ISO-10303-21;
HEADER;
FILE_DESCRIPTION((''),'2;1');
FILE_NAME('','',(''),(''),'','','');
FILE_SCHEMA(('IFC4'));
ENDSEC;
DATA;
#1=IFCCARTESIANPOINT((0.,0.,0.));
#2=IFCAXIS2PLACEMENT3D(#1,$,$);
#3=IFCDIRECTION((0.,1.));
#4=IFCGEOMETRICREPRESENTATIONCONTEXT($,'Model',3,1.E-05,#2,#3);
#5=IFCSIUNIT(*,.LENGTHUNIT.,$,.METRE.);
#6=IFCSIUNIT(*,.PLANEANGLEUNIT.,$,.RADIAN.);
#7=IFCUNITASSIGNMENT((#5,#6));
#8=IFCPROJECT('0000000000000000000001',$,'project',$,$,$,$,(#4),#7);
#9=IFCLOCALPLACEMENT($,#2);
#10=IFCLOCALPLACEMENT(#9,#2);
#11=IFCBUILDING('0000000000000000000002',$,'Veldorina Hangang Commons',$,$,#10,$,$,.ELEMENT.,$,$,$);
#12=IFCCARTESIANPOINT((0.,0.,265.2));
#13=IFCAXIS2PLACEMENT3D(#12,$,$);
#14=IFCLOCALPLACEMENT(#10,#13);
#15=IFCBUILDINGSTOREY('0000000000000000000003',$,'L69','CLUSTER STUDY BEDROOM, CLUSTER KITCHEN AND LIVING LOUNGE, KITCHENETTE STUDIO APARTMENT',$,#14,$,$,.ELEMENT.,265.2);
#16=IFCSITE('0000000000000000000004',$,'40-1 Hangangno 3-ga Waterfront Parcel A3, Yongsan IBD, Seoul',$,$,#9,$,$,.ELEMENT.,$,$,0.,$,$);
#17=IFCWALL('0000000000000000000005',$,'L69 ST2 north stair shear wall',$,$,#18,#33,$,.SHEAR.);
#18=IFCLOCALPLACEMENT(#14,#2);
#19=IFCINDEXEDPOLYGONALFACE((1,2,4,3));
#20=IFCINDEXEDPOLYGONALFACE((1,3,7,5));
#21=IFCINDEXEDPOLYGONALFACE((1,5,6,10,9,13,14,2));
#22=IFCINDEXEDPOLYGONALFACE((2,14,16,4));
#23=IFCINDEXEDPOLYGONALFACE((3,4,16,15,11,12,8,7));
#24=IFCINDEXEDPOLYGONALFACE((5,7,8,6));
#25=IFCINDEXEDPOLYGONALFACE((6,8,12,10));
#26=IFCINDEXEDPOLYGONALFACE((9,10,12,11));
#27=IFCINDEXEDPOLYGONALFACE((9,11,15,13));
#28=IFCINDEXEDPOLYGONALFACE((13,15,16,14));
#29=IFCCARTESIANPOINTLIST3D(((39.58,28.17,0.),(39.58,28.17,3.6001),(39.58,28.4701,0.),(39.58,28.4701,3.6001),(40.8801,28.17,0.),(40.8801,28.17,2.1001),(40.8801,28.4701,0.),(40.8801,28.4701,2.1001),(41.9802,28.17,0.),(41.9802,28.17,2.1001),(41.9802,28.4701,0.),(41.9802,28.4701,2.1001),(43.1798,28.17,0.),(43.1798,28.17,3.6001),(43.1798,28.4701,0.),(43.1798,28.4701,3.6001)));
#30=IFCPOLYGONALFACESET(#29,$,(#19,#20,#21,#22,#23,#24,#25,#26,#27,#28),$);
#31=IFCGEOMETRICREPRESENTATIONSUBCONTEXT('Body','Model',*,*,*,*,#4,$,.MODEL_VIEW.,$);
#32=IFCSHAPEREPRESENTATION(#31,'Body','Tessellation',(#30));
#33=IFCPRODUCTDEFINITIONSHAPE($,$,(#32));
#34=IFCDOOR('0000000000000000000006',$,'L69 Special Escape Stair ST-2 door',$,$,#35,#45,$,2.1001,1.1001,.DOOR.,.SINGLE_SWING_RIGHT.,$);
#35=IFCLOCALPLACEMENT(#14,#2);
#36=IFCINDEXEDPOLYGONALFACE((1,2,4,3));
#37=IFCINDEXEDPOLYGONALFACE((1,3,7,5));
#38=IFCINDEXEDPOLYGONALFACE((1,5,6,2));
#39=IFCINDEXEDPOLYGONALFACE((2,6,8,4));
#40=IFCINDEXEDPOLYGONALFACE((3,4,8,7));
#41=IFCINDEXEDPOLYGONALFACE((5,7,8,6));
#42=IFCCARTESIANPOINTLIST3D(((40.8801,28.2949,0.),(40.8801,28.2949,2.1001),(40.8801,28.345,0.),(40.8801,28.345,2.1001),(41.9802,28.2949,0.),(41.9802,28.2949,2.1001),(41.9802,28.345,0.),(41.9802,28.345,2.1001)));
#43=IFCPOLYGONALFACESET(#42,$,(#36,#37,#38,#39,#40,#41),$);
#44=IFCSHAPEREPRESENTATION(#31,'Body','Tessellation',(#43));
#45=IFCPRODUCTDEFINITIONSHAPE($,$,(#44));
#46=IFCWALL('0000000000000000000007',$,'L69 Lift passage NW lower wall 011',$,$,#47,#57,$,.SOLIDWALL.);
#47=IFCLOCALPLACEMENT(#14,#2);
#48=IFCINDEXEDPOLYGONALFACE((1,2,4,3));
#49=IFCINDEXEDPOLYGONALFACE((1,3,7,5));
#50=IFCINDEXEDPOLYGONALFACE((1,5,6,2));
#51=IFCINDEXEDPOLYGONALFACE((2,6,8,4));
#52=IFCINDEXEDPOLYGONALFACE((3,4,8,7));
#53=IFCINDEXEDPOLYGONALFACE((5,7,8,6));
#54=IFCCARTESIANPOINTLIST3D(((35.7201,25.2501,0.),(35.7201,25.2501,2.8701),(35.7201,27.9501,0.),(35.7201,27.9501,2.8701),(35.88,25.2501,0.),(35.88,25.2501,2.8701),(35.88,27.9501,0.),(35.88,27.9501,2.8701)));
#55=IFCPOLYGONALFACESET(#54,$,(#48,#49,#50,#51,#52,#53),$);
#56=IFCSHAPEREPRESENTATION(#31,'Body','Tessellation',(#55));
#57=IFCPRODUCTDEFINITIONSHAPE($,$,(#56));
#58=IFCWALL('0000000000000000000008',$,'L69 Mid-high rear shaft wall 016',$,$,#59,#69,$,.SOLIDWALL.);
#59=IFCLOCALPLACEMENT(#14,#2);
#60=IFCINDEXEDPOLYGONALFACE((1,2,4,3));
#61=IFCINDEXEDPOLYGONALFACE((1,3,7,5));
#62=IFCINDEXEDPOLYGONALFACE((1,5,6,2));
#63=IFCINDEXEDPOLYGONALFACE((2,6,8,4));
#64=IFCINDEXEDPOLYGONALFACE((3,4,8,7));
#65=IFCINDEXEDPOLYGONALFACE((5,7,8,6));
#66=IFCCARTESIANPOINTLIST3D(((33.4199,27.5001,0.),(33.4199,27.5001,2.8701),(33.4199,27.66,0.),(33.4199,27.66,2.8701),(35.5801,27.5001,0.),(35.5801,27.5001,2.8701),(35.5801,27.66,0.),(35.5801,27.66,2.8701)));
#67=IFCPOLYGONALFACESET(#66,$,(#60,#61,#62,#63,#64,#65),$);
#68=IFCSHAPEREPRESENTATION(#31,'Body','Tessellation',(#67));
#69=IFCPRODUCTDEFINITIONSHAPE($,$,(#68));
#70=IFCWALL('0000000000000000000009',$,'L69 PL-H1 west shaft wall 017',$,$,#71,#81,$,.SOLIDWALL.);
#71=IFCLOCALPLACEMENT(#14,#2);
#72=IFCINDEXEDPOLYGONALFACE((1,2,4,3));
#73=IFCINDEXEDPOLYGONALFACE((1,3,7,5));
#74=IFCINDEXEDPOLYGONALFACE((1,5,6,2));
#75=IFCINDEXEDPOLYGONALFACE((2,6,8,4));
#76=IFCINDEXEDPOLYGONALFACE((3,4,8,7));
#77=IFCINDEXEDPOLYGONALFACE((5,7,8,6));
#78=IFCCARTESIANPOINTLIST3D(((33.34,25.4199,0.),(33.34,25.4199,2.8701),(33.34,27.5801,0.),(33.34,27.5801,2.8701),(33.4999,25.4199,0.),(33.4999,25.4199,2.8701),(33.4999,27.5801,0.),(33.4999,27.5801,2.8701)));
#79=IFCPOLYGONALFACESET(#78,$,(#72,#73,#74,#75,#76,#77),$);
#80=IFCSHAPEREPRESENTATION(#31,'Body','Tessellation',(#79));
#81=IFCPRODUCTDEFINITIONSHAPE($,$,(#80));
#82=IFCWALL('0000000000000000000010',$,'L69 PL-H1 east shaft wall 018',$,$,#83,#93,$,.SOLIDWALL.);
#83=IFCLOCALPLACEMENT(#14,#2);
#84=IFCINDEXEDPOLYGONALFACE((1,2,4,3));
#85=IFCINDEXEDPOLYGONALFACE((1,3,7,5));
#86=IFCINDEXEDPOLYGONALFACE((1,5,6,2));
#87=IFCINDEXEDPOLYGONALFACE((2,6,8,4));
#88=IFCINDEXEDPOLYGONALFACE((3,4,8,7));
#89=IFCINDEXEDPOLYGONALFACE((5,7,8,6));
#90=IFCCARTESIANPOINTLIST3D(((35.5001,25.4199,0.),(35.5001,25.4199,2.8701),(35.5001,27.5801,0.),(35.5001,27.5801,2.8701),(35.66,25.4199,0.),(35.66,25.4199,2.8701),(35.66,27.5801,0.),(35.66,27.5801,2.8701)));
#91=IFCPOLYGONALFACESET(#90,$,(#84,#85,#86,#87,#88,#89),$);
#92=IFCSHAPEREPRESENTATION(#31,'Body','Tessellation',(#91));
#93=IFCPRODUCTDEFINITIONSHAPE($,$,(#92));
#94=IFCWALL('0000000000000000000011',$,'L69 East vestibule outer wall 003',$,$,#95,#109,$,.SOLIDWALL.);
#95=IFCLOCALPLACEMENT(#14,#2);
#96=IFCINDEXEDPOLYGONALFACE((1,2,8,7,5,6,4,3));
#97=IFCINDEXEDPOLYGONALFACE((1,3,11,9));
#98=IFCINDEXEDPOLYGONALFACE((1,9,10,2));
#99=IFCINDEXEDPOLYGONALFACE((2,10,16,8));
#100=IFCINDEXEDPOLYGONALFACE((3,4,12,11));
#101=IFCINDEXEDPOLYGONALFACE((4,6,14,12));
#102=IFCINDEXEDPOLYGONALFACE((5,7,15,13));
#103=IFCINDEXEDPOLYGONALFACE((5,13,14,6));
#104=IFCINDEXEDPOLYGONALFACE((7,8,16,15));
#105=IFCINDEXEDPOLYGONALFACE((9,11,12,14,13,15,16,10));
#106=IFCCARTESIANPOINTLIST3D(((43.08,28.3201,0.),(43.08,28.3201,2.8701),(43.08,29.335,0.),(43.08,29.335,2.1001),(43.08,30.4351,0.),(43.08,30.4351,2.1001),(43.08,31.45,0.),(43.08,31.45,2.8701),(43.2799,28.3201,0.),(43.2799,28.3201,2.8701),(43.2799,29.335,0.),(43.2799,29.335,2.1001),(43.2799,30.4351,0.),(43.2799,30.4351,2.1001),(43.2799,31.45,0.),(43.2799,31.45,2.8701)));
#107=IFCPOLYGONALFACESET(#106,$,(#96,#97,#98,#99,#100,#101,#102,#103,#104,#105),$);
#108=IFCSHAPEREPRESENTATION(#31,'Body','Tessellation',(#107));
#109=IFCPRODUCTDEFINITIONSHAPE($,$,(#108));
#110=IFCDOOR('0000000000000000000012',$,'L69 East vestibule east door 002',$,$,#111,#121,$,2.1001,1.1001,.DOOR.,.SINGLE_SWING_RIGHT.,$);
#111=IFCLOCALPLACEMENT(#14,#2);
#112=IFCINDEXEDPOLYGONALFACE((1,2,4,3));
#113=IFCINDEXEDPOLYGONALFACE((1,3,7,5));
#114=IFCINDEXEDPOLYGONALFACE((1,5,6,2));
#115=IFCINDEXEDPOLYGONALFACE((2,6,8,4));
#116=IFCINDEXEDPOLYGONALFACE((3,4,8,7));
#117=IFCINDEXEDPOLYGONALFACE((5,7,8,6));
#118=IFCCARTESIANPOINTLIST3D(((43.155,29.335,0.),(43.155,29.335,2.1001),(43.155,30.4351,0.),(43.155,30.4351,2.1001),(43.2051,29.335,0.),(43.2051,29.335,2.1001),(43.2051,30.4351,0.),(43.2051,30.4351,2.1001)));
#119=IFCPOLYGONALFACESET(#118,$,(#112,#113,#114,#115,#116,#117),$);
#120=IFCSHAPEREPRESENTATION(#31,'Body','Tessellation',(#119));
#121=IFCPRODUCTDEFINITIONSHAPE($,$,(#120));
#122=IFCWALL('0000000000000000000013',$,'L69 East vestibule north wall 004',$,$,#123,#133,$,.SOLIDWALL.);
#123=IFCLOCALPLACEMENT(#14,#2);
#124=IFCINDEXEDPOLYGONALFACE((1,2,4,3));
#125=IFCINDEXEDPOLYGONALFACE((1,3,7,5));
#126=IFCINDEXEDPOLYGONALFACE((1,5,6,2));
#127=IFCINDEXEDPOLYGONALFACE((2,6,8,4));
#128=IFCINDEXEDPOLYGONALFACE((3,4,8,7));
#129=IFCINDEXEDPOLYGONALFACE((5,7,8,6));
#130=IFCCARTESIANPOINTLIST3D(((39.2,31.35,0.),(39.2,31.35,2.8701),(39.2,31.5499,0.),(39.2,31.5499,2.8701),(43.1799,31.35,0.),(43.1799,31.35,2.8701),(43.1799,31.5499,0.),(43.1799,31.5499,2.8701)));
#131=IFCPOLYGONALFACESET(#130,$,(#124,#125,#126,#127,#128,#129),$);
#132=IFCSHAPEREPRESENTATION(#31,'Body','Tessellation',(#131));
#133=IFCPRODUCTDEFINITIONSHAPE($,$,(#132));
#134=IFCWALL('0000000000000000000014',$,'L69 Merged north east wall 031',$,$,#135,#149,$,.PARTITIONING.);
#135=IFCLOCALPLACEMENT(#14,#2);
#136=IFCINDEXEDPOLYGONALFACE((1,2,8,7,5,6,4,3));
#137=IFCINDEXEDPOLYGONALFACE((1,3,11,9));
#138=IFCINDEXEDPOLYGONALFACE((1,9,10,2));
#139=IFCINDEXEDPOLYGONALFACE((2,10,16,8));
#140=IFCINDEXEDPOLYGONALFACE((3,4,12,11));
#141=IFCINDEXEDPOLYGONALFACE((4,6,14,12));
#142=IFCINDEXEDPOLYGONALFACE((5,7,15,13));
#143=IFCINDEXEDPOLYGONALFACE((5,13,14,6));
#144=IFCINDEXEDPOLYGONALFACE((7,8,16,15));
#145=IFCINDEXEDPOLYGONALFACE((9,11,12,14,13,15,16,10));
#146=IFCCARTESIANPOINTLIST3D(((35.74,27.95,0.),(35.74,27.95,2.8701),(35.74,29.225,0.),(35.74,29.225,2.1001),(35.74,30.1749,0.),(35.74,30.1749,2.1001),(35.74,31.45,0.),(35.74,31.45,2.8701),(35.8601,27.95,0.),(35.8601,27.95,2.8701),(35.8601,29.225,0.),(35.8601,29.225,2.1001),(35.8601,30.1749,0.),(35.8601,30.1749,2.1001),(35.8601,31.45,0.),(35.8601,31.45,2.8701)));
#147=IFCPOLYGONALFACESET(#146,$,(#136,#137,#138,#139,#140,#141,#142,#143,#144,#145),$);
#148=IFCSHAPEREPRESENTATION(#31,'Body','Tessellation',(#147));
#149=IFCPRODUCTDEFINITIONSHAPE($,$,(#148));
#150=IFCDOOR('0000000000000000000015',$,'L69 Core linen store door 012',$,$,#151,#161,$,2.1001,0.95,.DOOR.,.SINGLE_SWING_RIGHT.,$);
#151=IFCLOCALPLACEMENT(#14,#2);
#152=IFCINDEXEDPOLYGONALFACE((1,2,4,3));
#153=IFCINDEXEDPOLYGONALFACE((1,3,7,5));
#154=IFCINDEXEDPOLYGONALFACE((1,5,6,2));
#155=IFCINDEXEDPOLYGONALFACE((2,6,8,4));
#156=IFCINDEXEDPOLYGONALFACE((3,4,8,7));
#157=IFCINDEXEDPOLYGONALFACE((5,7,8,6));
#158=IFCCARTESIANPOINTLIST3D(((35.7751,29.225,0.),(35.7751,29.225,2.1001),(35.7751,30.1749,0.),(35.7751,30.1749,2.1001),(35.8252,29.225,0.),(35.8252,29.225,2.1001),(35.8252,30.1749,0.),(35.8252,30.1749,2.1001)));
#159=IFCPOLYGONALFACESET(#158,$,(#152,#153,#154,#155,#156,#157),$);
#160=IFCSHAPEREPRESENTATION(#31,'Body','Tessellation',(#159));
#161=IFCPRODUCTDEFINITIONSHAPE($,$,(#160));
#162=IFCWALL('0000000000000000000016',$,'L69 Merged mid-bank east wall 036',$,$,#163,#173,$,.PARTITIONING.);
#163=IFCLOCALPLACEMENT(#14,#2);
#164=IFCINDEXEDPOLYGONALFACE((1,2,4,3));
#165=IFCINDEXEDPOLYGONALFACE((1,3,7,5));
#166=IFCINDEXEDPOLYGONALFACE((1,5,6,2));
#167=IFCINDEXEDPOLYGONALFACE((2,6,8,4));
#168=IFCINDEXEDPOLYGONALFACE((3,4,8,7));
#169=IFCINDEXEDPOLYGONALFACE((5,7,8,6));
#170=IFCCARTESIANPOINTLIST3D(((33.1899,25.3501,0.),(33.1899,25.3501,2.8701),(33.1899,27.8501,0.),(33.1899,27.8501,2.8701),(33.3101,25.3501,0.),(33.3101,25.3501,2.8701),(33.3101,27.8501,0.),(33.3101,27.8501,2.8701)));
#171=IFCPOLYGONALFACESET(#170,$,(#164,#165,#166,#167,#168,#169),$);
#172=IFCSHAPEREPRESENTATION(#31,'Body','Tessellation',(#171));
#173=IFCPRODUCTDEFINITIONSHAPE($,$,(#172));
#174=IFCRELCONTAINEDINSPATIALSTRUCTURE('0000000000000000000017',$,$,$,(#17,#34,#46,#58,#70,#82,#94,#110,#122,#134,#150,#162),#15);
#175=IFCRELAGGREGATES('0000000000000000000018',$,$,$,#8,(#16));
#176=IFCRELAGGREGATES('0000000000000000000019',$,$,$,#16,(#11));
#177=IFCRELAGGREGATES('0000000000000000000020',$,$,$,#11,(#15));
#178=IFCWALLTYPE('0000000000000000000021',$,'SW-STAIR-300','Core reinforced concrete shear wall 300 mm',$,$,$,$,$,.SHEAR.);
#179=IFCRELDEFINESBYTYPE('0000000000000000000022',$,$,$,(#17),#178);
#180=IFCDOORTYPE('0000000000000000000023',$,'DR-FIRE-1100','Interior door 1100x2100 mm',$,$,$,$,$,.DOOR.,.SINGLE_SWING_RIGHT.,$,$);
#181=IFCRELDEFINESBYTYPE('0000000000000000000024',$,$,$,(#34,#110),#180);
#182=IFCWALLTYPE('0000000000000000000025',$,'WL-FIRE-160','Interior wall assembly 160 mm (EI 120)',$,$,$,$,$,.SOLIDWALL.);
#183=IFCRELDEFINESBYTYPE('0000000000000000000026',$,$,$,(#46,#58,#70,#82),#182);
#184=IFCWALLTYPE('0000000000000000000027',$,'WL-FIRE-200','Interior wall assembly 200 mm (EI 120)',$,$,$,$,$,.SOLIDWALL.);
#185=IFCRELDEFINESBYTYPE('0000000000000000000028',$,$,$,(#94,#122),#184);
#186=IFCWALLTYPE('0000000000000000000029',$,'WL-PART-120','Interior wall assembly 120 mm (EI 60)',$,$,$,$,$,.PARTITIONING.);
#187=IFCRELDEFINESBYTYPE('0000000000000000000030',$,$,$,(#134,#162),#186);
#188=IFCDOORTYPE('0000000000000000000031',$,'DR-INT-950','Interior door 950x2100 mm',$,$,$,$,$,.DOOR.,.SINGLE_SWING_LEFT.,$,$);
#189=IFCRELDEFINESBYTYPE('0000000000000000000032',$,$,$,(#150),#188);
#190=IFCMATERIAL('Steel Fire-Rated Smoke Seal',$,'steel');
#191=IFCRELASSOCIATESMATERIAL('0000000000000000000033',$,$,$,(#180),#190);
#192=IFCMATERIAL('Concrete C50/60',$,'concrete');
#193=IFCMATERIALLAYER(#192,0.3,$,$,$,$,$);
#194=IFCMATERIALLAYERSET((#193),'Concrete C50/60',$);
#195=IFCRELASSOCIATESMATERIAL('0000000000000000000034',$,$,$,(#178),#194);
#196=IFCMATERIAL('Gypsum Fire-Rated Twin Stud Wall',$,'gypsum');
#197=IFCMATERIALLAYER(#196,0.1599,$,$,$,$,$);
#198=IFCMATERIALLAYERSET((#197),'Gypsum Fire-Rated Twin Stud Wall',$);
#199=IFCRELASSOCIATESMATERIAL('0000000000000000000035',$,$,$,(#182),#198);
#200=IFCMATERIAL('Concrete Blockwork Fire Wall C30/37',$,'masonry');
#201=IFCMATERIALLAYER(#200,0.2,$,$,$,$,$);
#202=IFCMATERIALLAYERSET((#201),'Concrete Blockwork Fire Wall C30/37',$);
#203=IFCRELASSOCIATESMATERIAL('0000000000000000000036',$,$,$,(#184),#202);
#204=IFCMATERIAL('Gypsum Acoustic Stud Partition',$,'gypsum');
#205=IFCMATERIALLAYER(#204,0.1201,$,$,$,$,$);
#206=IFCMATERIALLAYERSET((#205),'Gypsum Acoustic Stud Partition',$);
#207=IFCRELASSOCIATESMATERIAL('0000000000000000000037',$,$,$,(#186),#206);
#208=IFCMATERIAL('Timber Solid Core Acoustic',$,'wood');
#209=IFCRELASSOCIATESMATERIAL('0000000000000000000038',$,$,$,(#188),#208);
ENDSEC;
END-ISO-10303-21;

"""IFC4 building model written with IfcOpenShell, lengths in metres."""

from ifc_helpers import new_model, si_unit, direction, frame, frame_2d, origin, place, context, subcontext, project, spatial, rectangle, extrude, material, layer, layer_set, type_object, element, fill, save


model = new_model("IFC4")

# Units and contexts
model_context = context("Model", 3, precision=1e-05, world=origin(), true_north=direction((0.0, 1.0)))
body_context = subcontext(model_context, "Body", "Model", "MODEL_VIEW")
ifc_project = project(units=[si_unit("LENGTHUNIT", "METRE"), si_unit("PLANEANGLEUNIT", "RADIAN")], contexts=[model_context])

# Site, building, storey
site_placement = place(None, origin())
site = spatial("IfcSite", under=ifc_project, at=site_placement, Name="40-1 Hangangno 3-ga Waterfront Parcel A3, Yongsan IBD, Seoul", CompositionType="ELEMENT", RefElevation=0.0)
building_placement = place(site_placement, origin())
building = spatial("IfcBuilding", under=site, at=building_placement, Name="Veldorina Hangang Commons", CompositionType="ELEMENT")
storey_placement = place(building_placement, frame((0.0, 0.0, 265.2)))
storey = spatial("IfcBuildingStorey", under=building, at=storey_placement, Name="L69", Description="CLUSTER STUDY BEDROOM, CLUSTER KITCHEN AND LIVING LOUNGE, KITCHENETTE STUDIO APARTMENT", CompositionType="ELEMENT", Elevation=265.2)

# Shared definitions
ifc_material_1 = material(Name="Concrete C50/60", Category="concrete")

# Wall, opening, door
ifc_material_2 = material(Name="Steel Fire-Rated Smoke Seal", Category="steel")
door_type_1 = type_object("IfcDoorType", Name="DR-FIRE-1100", Description="Interior door 1100x2100 mm", OperationType="SINGLE_SWING_RIGHT", PredefinedType="DOOR", material=ifc_material_2)
ifc_layer_1 = layer(ifc_material_1, 0.3)
ifc_layer_set_1 = layer_set([ifc_layer_1], Name="Concrete C50/60")
wall_type_1 = type_object("IfcWallType", Name="SW-STAIR-300", Description="Core reinforced concrete shear wall 300 mm", PredefinedType="SHEAR", material=ifc_layer_set_1)
wall_1_placement = place(storey_placement, frame((39.5801, 28.3201, 0.0), z_axis=(0.0, 0.0, 1.0), x_axis=(1.0, 0.0, 0.0)))
wall_1 = element("IfcWall", 1, at=wall_1_placement, inside=storey, type_object=wall_type_1, Name="L69 ST2 north stair shear wall", PredefinedType="SHEAR", context=body_context, shape_type="SweptSolid", body=[
    extrude(rectangle(XDim=3.5999, YDim=0.3, at=frame_2d((1.7998, 0.0))), origin(), (0.0, 0.0, 1.0), 3.6001),
])
opening_1_placement = place(wall_1_placement, frame((1.3, 0.0, 0.0)))
opening_1 = element("IfcOpeningElement", 2, at=opening_1_placement, cuts=wall_1, PredefinedType="OPENING", context=body_context, shape_type="SweptSolid", body=[
    extrude(rectangle(XDim=1.1001, YDim=2.1001, at=frame_2d((0.55, 1.05))), frame((0.0, 0.1602, 0.0), z_axis=(0.0, -1.0, 0.0), x_axis=(1.0, 0.0, 0.0)), (0.0, 0.0, 1.0), 0.3201),
])
door_1_placement = place(opening_1_placement, origin())
door_1 = element("IfcDoor", 3, at=door_1_placement, inside=storey, type_object=door_type_1, Name="L69 Special Escape Stair ST-2 door", OperationType="SINGLE_SWING_RIGHT", OverallHeight=2.1001, OverallWidth=1.1001, PredefinedType="DOOR", context=body_context, shape_type="SweptSolid", body=[
    extrude(rectangle(XDim=1.1001, YDim=2.1001, at=frame_2d((0.55, 1.05))), frame((0.0, 0.0249, 0.0), z_axis=(0.0, -1.0, 0.0), x_axis=(1.0, 0.0, 0.0)), (0.0, 0.0, 1.0), 0.05),
])
fill(opening_1, door_1)

# Wall
ifc_material_3 = material(Name="Gypsum Fire-Rated Twin Stud Wall", Category="gypsum")
ifc_layer_2 = layer(ifc_material_3, 0.1599)
ifc_layer_set_2 = layer_set([ifc_layer_2], Name="Gypsum Fire-Rated Twin Stud Wall")
wall_type_2 = type_object("IfcWallType", Name="WL-FIRE-160", Description="Interior wall assembly 160 mm (EI 120)", PredefinedType="SOLIDWALL", material=ifc_layer_set_2)
wall_2_placement = place(storey_placement, frame((35.8, 25.25, 0.0), z_axis=(0.0, 0.0, 1.0), x_axis=(0.0, 1.0, 0.0)))
element("IfcWall", 4, at=wall_2_placement, inside=storey, type_object=wall_type_2, Name="L69 Lift passage NW lower wall 011", PredefinedType="SOLIDWALL", context=body_context, shape_type="SweptSolid", body=[
    extrude(rectangle(XDim=2.7, YDim=0.1599, at=frame_2d((1.3501, 0.0))), origin(), (0.0, 0.0, 1.0), 2.8701),
])

# Walls
for number, where, z_axis, x_axis, name in (
    (5, (33.4199, 27.5801, 0.0), (0.0, 0.0, 1.0), (1.0, 0.0, 0.0), "L69 Mid-high rear shaft wall 016"),
    (6, (33.4199, 25.4199, 0.0), (0.0, 0.0, 1.0), (0.0, 1.0, 0.0), "L69 PL-H1 west shaft wall 017"),
    (7, (35.5801, 25.4199, 0.0), (0.0, 0.0, 1.0), (0.0, 1.0, 0.0), "L69 PL-H1 east shaft wall 018"),
):
    element("IfcWall", number, at=place(storey_placement, frame(where, z_axis=z_axis, x_axis=x_axis)), inside=storey, type_object=wall_type_2, Name=name, PredefinedType="SOLIDWALL", context=body_context, shape_type="SweptSolid", body=[
        extrude(rectangle(XDim=2.1602, YDim=0.1599, at=frame_2d((1.0801, 0.0))), origin(), (0.0, 0.0, 1.0), 2.8701),
    ])

# Wall, opening, door
ifc_material_4 = material(Name="Concrete Blockwork Fire Wall C30/37", Category="masonry")
ifc_layer_3 = layer(ifc_material_4, 0.2)
ifc_layer_set_3 = layer_set([ifc_layer_3], Name="Concrete Blockwork Fire Wall C30/37")
wall_type_3 = type_object("IfcWallType", Name="WL-FIRE-200", Description="Interior wall assembly 200 mm (EI 120)", PredefinedType="SOLIDWALL", material=ifc_layer_set_3)
wall_3_placement = place(storey_placement, frame((43.1799, 28.3201, 0.0), z_axis=(0.0, 0.0, 1.0), x_axis=(0.0, 1.0, 0.0)))
wall_3 = element("IfcWall", 8, at=wall_3_placement, inside=storey, type_object=wall_type_3, Name="L69 East vestibule outer wall 003", PredefinedType="SOLIDWALL", context=body_context, shape_type="SweptSolid", body=[
    extrude(rectangle(XDim=3.1299, YDim=0.2, at=frame_2d((1.5649, 0.0))), origin(), (0.0, 0.0, 1.0), 2.8701),
])
opening_2_placement = place(wall_3_placement, frame((1.0149, 0.0, 0.0)))
opening_2 = element("IfcOpeningElement", 9, at=opening_2_placement, cuts=wall_3, PredefinedType="OPENING", context=body_context, shape_type="SweptSolid", body=[
    extrude(rectangle(XDim=1.1001, YDim=2.1001, at=frame_2d((0.55, 1.05))), frame((0.0, 0.1099, 0.0), z_axis=(0.0, -1.0, 0.0), x_axis=(1.0, 0.0, 0.0)), (0.0, 0.0, 1.0), 0.22),
])
door_2_placement = place(opening_2_placement, origin())
door_2 = element("IfcDoor", 10, at=door_2_placement, inside=storey, type_object=door_type_1, Name="L69 East vestibule east door 002", OperationType="SINGLE_SWING_RIGHT", OverallHeight=2.1001, OverallWidth=1.1001, PredefinedType="DOOR", context=body_context, shape_type="SweptSolid", body=[
    extrude(rectangle(XDim=1.1001, YDim=2.1001, at=frame_2d((0.55, 1.05))), frame((0.0, 0.0249, 0.0), z_axis=(0.0, -1.0, 0.0), x_axis=(1.0, 0.0, 0.0)), (0.0, 0.0, 1.0), 0.05),
])
fill(opening_2, door_2)

# Wall
wall_4_placement = place(storey_placement, frame((39.2, 31.45, 0.0), z_axis=(0.0, 0.0, 1.0), x_axis=(1.0, 0.0, 0.0)))
element("IfcWall", 11, at=wall_4_placement, inside=storey, type_object=wall_type_3, Name="L69 East vestibule north wall 004", PredefinedType="SOLIDWALL", context=body_context, shape_type="SweptSolid", body=[
    extrude(rectangle(XDim=3.98, YDim=0.2, at=frame_2d((1.99, 0.0))), origin(), (0.0, 0.0, 1.0), 2.8701),
])

# Wall, opening, door
ifc_material_5 = material(Name="Gypsum Acoustic Stud Partition", Category="gypsum")
ifc_layer_4 = layer(ifc_material_5, 0.1201)
ifc_layer_set_4 = layer_set([ifc_layer_4], Name="Gypsum Acoustic Stud Partition")
wall_type_4 = type_object("IfcWallType", Name="WL-PART-120", Description="Interior wall assembly 120 mm (EI 60)", PredefinedType="PARTITIONING", material=ifc_layer_set_4)
wall_5_placement = place(storey_placement, frame((35.8, 27.95, 0.0), z_axis=(0.0, 0.0, 1.0), x_axis=(0.0, 1.0, 0.0)))
wall_5 = element("IfcWall", 12, at=wall_5_placement, inside=storey, type_object=wall_type_4, Name="L69 Merged north east wall 031", PredefinedType="PARTITIONING", context=body_context, shape_type="SweptSolid", body=[
    extrude(rectangle(XDim=3.5, YDim=0.1201, at=frame_2d((1.75, 0.0))), origin(), (0.0, 0.0, 1.0), 2.8701),
])
opening_3_placement = place(wall_5_placement, frame((1.2749, 0.0, 0.0)))
opening_3 = element("IfcOpeningElement", 13, at=opening_3_placement, cuts=wall_5, PredefinedType="OPENING", context=body_context, shape_type="SweptSolid", body=[
    extrude(rectangle(XDim=0.95, YDim=2.1001, at=frame_2d((0.4751, 1.05))), frame((0.0, 0.0701, 0.0), z_axis=(0.0, -1.0, 0.0), x_axis=(1.0, 0.0, 0.0)), (0.0, 0.0, 1.0), 0.1401),
])
ifc_material_6 = material(Name="Timber Solid Core Acoustic", Category="wood")
door_type_2 = type_object("IfcDoorType", Name="DR-INT-950", Description="Interior door 950x2100 mm", OperationType="SINGLE_SWING_LEFT", PredefinedType="DOOR", material=ifc_material_6)
door_3_placement = place(opening_3_placement, origin())
door_3 = element("IfcDoor", 14, at=door_3_placement, inside=storey, type_object=door_type_2, Name="L69 Core linen store door 012", OperationType="SINGLE_SWING_RIGHT", OverallHeight=2.1001, OverallWidth=0.95, PredefinedType="DOOR", context=body_context, shape_type="SweptSolid", body=[
    extrude(rectangle(XDim=0.95, YDim=2.1001, at=frame_2d((0.4751, 1.05))), frame((0.0, 0.0249, 0.0), z_axis=(0.0, -1.0, 0.0), x_axis=(1.0, 0.0, 0.0)), (0.0, 0.0, 1.0), 0.05),
])
fill(opening_3, door_3)

# Wall
wall_6_placement = place(storey_placement, frame((33.25, 25.3501, 0.0), z_axis=(0.0, 0.0, 1.0), x_axis=(0.0, 1.0, 0.0)))
element("IfcWall", 15, at=wall_6_placement, inside=storey, type_object=wall_type_4, Name="L69 Merged mid-bank east wall 036", PredefinedType="PARTITIONING", context=body_context, shape_type="SweptSolid", body=[
    extrude(rectangle(XDim=2.5, YDim=0.1201, at=frame_2d((1.25, 0.0))), origin(), (0.0, 0.0, 1.0), 2.8701),
])

save(model, "model.ifc")
